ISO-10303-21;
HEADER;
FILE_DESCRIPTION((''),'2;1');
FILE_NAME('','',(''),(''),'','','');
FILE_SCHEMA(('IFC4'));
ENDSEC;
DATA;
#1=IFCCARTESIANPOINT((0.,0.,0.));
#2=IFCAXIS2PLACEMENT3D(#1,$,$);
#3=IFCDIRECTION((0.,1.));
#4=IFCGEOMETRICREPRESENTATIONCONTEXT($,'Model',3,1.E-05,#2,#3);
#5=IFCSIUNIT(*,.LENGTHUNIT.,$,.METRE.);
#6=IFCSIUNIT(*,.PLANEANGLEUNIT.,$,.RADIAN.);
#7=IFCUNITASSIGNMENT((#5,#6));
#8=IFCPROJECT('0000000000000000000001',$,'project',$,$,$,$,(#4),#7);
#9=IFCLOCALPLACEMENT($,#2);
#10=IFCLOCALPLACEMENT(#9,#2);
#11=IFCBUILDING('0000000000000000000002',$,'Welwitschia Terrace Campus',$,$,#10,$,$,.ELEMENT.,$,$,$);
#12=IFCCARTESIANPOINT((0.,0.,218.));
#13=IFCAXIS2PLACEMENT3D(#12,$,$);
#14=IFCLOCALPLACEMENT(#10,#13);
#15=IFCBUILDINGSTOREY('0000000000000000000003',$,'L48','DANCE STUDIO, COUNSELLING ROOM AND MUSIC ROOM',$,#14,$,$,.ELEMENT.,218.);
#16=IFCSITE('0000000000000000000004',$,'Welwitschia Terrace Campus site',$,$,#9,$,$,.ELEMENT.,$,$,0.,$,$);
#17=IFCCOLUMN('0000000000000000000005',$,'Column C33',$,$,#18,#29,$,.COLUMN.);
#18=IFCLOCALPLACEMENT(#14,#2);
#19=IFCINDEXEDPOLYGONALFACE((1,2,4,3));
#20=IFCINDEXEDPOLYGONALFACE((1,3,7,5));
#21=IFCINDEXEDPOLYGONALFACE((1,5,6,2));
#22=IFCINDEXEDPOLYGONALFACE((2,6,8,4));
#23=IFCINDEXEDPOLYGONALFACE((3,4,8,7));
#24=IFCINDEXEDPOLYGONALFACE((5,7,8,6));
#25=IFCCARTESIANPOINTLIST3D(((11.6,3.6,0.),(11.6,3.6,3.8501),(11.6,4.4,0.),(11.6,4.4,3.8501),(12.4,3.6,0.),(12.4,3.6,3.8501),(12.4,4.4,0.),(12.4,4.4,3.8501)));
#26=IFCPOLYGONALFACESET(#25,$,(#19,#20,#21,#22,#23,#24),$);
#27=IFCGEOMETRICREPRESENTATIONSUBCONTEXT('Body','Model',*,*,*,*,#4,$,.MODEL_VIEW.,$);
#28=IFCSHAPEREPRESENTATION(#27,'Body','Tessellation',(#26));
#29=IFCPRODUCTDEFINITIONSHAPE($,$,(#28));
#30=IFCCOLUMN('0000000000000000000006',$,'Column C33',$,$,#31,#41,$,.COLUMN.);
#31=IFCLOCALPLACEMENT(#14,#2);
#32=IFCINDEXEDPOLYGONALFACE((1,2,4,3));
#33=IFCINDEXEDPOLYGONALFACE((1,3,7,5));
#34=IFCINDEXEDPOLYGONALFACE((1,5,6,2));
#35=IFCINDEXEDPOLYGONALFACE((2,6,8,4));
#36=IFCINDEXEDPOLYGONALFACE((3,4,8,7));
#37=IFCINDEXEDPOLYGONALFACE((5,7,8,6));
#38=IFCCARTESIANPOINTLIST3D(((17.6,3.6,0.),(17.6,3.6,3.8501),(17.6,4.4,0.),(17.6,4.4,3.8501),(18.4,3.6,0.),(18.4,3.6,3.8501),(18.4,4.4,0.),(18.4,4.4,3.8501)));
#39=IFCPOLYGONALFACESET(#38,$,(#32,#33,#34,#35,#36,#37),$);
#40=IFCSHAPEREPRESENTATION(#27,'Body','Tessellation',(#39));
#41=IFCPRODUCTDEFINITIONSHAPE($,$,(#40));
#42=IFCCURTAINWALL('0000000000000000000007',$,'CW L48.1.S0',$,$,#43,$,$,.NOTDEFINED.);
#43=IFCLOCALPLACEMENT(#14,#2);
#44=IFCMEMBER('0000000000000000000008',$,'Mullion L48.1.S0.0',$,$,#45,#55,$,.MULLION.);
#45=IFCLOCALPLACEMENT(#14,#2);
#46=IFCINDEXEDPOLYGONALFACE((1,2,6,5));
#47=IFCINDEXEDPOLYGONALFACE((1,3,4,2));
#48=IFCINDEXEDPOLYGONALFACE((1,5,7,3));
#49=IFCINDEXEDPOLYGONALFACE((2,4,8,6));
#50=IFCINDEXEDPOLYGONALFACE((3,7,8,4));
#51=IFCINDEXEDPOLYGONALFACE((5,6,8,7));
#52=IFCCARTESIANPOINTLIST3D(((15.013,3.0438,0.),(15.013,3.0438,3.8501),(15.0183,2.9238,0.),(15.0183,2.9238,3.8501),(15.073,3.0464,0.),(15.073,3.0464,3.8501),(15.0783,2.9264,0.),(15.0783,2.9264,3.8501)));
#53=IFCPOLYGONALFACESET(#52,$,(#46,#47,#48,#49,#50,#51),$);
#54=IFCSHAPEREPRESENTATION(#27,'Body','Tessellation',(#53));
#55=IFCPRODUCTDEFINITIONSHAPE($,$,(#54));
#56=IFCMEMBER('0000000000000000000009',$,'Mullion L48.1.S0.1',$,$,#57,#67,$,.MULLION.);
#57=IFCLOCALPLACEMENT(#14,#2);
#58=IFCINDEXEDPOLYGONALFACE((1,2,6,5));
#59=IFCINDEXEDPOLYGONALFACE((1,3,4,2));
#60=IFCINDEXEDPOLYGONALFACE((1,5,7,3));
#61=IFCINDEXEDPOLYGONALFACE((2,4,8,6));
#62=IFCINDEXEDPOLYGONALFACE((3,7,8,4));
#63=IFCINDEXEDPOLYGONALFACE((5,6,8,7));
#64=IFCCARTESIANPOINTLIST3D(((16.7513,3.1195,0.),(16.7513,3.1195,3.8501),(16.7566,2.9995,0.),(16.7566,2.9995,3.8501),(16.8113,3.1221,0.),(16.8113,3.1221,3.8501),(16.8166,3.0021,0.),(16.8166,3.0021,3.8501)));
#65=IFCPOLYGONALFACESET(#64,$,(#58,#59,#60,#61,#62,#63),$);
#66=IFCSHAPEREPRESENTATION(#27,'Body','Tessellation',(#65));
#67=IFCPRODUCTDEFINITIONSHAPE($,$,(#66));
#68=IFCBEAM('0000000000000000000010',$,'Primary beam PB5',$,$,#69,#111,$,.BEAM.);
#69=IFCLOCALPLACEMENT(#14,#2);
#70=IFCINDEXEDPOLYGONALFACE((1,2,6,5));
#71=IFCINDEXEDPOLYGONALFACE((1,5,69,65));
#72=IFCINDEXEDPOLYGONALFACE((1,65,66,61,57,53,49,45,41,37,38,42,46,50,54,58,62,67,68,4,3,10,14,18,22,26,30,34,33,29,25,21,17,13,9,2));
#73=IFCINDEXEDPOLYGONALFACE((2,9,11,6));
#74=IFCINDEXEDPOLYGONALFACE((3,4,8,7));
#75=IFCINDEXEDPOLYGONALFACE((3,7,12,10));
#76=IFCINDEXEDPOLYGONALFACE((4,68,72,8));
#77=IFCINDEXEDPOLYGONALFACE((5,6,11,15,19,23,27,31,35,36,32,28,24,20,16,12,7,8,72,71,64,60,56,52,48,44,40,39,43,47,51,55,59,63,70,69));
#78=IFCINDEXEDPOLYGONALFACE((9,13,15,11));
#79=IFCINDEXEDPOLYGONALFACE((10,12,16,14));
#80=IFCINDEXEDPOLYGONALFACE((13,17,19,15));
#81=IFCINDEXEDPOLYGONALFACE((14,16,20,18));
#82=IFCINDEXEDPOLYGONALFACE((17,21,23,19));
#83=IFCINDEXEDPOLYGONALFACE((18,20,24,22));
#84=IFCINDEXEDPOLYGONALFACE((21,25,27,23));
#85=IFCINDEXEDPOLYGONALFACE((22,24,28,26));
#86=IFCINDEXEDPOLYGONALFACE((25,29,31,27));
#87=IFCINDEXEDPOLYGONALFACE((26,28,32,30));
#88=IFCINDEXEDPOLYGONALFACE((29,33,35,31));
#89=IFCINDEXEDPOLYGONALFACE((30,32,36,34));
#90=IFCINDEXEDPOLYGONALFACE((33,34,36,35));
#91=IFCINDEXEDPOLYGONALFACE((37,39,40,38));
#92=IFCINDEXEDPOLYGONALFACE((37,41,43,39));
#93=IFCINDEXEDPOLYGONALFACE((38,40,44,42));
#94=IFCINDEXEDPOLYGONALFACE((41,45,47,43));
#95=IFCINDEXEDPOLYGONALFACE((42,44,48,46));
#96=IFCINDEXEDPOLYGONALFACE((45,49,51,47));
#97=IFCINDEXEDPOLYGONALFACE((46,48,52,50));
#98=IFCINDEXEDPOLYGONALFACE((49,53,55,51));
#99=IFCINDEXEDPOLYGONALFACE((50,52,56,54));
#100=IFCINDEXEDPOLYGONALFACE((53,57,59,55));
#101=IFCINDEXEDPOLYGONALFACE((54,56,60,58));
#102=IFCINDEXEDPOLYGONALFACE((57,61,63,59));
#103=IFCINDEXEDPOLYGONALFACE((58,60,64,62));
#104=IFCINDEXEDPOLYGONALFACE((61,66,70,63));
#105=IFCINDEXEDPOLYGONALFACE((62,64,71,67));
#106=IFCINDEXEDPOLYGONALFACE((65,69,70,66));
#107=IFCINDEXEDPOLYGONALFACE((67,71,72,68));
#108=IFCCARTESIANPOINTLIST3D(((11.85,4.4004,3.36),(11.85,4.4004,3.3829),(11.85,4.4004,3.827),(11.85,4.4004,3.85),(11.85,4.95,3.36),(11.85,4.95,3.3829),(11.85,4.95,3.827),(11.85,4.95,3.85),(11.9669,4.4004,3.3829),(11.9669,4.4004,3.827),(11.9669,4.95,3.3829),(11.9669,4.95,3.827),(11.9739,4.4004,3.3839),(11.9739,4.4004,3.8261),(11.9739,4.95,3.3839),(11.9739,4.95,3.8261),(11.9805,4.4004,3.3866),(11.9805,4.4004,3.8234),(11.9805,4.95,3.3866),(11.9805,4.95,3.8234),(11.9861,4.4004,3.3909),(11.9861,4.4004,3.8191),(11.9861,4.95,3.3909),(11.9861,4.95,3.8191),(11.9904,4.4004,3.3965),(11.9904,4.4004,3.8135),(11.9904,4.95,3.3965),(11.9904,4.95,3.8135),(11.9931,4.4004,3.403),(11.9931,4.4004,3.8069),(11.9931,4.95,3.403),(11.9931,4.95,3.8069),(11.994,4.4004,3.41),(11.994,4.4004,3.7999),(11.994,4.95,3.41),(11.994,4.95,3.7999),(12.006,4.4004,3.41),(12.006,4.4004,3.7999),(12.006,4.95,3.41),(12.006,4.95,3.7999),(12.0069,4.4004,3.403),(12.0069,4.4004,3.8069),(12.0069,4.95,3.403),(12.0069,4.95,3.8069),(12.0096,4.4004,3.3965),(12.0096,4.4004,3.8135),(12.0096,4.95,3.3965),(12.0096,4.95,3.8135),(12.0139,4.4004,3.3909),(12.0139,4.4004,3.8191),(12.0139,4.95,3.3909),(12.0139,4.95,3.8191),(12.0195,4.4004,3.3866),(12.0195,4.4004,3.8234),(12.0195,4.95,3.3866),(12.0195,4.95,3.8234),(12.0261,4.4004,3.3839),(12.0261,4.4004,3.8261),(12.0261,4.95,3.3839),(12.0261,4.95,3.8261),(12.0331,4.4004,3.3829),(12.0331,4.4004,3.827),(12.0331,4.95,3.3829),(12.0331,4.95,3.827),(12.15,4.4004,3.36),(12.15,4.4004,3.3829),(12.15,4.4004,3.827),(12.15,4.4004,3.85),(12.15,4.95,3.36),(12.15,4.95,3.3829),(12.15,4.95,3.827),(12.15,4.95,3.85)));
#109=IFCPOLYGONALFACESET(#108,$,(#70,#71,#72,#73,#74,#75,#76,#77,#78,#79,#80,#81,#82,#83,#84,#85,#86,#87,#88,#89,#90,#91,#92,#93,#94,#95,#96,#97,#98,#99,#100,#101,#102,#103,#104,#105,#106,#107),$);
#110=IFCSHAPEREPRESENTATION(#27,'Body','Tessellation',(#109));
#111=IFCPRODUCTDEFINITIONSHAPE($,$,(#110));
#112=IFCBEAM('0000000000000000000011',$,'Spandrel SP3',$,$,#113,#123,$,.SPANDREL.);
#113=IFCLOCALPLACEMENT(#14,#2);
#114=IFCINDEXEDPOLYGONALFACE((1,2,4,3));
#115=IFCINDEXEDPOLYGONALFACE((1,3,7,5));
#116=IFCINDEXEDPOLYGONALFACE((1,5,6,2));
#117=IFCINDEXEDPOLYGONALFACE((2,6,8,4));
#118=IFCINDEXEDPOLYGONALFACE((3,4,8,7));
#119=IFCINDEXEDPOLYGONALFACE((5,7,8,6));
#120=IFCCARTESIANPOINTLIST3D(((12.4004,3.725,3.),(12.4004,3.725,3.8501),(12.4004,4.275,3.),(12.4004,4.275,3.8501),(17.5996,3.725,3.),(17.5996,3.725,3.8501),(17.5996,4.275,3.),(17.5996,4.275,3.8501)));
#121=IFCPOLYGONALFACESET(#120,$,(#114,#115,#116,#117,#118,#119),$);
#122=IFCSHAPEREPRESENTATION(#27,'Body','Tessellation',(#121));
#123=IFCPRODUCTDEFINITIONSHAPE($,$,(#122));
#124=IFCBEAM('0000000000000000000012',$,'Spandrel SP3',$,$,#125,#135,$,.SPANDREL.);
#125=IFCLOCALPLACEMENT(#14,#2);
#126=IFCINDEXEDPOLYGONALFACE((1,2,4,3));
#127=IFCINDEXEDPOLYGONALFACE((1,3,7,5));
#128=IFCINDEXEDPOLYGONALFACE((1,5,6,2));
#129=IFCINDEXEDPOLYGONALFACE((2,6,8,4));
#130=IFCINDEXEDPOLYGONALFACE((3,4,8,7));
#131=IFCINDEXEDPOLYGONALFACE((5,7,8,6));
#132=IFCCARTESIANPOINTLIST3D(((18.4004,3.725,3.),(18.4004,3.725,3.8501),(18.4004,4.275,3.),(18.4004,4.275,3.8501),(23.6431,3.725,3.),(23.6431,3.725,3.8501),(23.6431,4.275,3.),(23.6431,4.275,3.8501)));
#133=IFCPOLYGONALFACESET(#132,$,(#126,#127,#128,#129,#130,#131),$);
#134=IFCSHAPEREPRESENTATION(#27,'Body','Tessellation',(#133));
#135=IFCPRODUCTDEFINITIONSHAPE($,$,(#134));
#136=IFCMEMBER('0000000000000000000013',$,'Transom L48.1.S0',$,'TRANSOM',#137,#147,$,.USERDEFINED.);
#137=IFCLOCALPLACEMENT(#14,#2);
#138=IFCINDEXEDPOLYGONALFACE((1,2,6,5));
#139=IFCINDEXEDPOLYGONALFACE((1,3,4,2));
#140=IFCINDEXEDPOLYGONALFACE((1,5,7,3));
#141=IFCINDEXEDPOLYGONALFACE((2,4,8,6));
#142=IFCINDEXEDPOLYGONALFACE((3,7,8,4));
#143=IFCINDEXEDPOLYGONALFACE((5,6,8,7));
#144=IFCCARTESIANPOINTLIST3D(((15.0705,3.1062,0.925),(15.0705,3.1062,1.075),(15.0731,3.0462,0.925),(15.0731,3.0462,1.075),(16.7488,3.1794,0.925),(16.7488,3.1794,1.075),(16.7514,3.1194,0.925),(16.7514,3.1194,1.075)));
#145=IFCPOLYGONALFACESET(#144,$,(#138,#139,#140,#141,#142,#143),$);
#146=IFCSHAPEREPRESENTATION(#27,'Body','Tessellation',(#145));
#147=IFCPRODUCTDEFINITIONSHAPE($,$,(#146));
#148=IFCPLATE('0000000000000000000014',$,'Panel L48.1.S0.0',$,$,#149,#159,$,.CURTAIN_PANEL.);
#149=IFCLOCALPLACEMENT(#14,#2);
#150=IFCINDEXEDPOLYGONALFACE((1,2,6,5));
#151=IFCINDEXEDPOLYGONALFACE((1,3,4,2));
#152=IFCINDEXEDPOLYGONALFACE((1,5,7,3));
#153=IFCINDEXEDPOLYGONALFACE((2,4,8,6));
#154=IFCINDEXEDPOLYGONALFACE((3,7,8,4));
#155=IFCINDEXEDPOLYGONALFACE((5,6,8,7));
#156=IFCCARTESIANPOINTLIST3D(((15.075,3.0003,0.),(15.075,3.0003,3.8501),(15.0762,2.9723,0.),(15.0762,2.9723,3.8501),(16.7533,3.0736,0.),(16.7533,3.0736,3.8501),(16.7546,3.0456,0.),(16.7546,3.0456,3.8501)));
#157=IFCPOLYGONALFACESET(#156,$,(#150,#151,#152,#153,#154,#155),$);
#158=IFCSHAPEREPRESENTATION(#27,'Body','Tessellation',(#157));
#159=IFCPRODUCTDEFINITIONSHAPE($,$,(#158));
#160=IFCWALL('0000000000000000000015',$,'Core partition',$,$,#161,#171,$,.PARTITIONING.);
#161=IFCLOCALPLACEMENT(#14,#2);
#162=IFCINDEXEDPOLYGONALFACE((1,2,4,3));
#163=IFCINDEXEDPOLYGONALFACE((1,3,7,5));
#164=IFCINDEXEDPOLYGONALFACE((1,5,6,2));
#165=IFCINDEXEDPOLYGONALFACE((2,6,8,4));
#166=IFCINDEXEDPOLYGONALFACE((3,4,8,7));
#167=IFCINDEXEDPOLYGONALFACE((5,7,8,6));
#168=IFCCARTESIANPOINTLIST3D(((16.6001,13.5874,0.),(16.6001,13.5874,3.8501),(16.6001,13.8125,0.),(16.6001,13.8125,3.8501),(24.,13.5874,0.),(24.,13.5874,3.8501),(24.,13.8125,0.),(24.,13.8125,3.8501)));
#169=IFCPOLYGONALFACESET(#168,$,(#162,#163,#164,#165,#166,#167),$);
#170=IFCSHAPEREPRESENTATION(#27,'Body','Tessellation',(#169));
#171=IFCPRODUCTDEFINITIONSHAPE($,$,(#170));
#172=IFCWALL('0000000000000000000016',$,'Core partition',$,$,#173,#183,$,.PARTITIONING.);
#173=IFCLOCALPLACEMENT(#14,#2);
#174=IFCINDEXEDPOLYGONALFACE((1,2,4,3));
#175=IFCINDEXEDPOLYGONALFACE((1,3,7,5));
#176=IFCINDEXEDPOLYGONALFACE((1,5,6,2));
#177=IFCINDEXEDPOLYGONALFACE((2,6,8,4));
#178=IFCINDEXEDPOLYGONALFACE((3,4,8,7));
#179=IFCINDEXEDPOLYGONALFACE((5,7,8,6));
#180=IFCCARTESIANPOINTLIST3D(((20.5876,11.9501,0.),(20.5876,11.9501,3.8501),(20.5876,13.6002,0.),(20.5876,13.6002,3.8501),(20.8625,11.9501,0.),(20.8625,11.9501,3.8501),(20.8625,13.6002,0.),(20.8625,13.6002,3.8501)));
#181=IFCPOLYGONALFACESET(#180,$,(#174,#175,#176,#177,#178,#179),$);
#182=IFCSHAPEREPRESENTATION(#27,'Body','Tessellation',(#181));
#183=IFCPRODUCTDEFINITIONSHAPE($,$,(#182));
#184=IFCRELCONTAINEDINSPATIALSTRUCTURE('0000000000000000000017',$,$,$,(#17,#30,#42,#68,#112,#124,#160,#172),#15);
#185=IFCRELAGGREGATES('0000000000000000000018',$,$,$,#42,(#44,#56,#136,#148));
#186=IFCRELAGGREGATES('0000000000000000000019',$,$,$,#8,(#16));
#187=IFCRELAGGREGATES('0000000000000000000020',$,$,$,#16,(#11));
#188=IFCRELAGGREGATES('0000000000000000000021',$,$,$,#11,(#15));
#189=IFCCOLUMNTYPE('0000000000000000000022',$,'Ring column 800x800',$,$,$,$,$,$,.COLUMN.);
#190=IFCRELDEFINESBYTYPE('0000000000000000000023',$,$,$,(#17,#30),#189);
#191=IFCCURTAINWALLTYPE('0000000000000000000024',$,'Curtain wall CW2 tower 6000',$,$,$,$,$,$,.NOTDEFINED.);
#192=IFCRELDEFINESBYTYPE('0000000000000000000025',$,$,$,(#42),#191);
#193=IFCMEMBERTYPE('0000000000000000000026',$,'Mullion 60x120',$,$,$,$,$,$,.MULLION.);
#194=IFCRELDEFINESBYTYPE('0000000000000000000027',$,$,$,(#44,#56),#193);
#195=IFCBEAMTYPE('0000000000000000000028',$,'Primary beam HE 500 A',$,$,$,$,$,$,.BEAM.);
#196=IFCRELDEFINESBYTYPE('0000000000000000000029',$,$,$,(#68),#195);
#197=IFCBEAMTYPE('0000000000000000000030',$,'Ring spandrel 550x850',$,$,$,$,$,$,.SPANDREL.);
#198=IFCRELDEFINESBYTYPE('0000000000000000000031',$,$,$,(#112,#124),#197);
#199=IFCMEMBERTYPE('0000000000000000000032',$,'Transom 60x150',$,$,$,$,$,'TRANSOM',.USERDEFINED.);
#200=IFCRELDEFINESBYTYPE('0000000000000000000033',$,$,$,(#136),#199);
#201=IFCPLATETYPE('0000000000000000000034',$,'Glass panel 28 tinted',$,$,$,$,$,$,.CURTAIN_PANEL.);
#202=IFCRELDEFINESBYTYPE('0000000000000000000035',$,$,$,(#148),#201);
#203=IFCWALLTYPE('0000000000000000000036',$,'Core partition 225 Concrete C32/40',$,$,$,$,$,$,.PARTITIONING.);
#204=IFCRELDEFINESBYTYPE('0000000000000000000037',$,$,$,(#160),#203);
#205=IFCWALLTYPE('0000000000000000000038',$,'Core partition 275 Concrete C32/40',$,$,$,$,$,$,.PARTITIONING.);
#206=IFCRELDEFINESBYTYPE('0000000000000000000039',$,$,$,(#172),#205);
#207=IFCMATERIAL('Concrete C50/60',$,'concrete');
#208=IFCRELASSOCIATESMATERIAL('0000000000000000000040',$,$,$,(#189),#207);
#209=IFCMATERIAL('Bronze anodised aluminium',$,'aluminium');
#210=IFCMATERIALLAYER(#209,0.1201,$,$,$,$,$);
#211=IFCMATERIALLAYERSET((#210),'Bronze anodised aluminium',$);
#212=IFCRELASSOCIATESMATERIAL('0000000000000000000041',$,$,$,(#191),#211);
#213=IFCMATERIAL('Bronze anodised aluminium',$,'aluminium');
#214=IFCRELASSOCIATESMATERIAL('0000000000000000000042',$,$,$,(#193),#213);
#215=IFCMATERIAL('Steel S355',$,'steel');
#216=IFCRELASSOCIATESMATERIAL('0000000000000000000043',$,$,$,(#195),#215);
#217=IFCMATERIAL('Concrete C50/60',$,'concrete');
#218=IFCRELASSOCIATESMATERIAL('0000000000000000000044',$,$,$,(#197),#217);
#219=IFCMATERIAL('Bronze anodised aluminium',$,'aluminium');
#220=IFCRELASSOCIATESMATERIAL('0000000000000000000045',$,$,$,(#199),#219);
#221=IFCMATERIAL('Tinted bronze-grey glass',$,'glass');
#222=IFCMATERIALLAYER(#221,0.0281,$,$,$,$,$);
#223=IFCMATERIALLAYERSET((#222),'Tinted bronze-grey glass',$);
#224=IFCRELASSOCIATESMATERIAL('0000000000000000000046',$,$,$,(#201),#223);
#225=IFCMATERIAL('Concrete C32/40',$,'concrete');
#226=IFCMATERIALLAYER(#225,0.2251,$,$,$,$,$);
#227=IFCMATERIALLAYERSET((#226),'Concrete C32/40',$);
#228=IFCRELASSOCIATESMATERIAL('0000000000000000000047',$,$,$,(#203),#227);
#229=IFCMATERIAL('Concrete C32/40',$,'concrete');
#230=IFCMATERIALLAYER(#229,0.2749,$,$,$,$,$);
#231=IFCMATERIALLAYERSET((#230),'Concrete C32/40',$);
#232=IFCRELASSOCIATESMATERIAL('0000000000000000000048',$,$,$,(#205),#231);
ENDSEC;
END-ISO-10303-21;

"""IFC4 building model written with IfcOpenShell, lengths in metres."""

from ifc_helpers import new_model, si_unit, direction, frame, frame_2d, origin, origin_2d, place, context, subcontext, project, spatial, rectangle, i_section, extrude, material, layer, layer_set, material_profile, profile_set, type_object, element, aggregate, save


model = new_model("IFC4")

# Units and contexts
model_context = context("Model", 3, precision=1e-05, world=origin(), true_north=direction((0.0, 1.0)))
body_context = subcontext(model_context, "Body", "Model", "MODEL_VIEW")
ifc_project = project(units=[si_unit("LENGTHUNIT", "METRE"), si_unit("PLANEANGLEUNIT", "RADIAN")], contexts=[model_context])

# Site, building, storey
site_placement = place(None, origin())
site = spatial("IfcSite", under=ifc_project, at=site_placement, Name="Welwitschia Terrace Campus site", CompositionType="ELEMENT", RefElevation=0.0)
building_placement = place(site_placement, origin())
building = spatial("IfcBuilding", under=site, at=building_placement, Name="Welwitschia Terrace Campus", CompositionType="ELEMENT")
storey_placement = place(building_placement, frame((0.0, 0.0, 218.0)))
storey = spatial("IfcBuildingStorey", under=building, at=storey_placement, Name="L48", Description="DANCE STUDIO, COUNSELLING ROOM AND MUSIC ROOM", CompositionType="ELEMENT", Elevation=218.0)

# Columns
ifc_material_1 = material(Name="Concrete C50/60", Category="concrete")
ifc_material_profile_1 = material_profile(ifc_material_1, rectangle(XDim=0.8, YDim=0.8, at=origin_2d()))
ifc_profile_set_1 = profile_set([ifc_material_profile_1], Name="Concrete C50/60")
column_type = type_object("IfcColumnType", Name="Ring column 800x800", PredefinedType="COLUMN", material=ifc_profile_set_1)
for number, where, z_axis, x_axis, name in (
    (1, (12.0, 4.0, 0.0), (0.0, 0.0, 1.0), (1.0, 0.0, 0.0), "Column C33"),
    (2, (18.0, 4.0, 0.0), (0.0, 0.0, 1.0), (1.0, 0.0, 0.0), "Column C33"),
):
    element("IfcColumn", number, at=place(storey_placement, frame(where, z_axis=z_axis, x_axis=x_axis)), inside=storey, type_object=column_type, Name=name, PredefinedType="COLUMN", context=body_context, shape_type="SweptSolid", body=[
        extrude(rectangle(XDim=0.8, YDim=0.8, at=origin_2d()), origin(), (0.0, 0.0, 1.0), 3.8501),
    ])

# Curtain wall, members
ifc_material_2 = material(Name="Bronze anodised aluminium", Category="aluminium")
ifc_layer_1 = layer(ifc_material_2, 0.1201)
ifc_layer_set_1 = layer_set([ifc_layer_1], Name="Bronze anodised aluminium")
curtain_wall_type = type_object("IfcCurtainWallType", Name="Curtain wall CW2 tower 6000", PredefinedType="NOTDEFINED", material=ifc_layer_set_1)
curtain_wall_placement = place(storey_placement, origin())
curtain_wall = element("IfcCurtainWall", 3, at=curtain_wall_placement, inside=storey, type_object=curtain_wall_type, Name="CW L48.1.S0", PredefinedType="NOTDEFINED")
ifc_material_3 = material(Name="Bronze anodised aluminium", Category="aluminium")
ifc_material_profile_2 = material_profile(ifc_material_3, rectangle(XDim=0.1201, YDim=0.0601, at=origin_2d()))
ifc_profile_set_2 = profile_set([ifc_material_profile_2], Name="Bronze anodised aluminium")
member_type_1 = type_object("IfcMemberType", Name="Mullion 60x120", PredefinedType="MULLION", material=ifc_profile_set_2)
member_1_placement = place(storey_placement, frame((15.0457, 2.9851, 0.0), z_axis=(0.0, 0.0, 1.0), x_axis=(-0.043619, 0.999048, 0.0)))
member_1 = element("IfcMember", 4, at=member_1_placement, type_object=member_type_1, Name="Mullion L48.1.S0.0", PredefinedType="MULLION", context=body_context, shape_type="SweptSolid", body=[
    extrude(rectangle(XDim=0.1201, YDim=0.0601, at=origin_2d()), origin(), (0.0, 0.0, 1.0), 3.8501),
])
member_2_placement = place(storey_placement, frame((16.7839, 3.0608, 0.0), z_axis=(0.0, 0.0, 1.0), x_axis=(-0.043619, 0.999048, 0.0)))
member_2 = element("IfcMember", 5, at=member_2_placement, type_object=member_type_1, Name="Mullion L48.1.S0.1", PredefinedType="MULLION", context=body_context, shape_type="SweptSolid", body=[
    extrude(rectangle(XDim=0.1201, YDim=0.0601, at=origin_2d()), origin(), (0.0, 0.0, 1.0), 3.8501),
])

# Beams
ifc_material_4 = material(Name="Steel S355", Category="steel")
ifc_material_profile_3 = material_profile(ifc_material_4, i_section(OverallWidth=0.3, OverallDepth=0.49, WebThickness=0.012, FlangeThickness=0.0229, FilletRadius=0.0271, at=origin_2d()))
ifc_profile_set_3 = profile_set([ifc_material_profile_3], Name="Steel S355")
beam_type_1 = type_object("IfcBeamType", Name="Primary beam HE 500 A", PredefinedType="BEAM", material=ifc_profile_set_3)
beam_1_placement = place(storey_placement, frame((12.0, 4.4004, 3.605), z_axis=(0.0, 1.0, 0.0), x_axis=(-1.0, 0.0, 0.0)))
element("IfcBeam", 6, at=beam_1_placement, inside=storey, type_object=beam_type_1, Name="Primary beam PB5", PredefinedType="BEAM", context=body_context, shape_type="SweptSolid", body=[
    extrude(i_section(OverallWidth=0.3, OverallDepth=0.49, WebThickness=0.012, FlangeThickness=0.0229, FilletRadius=0.0271, at=origin_2d()), origin(), (0.0, 0.0, 1.0), 0.5496),
])
ifc_material_5 = material(Name="Concrete C50/60", Category="concrete")
ifc_material_profile_4 = material_profile(ifc_material_5, rectangle(XDim=0.55, YDim=0.8501, at=origin_2d()))
ifc_profile_set_4 = profile_set([ifc_material_profile_4], Name="Concrete C50/60")
beam_type_2 = type_object("IfcBeamType", Name="Ring spandrel 550x850", PredefinedType="SPANDREL", material=ifc_profile_set_4)
beam_2_placement = place(storey_placement, frame((12.4004, 4.0, 3.425), z_axis=(1.0, 0.0, 0.0), x_axis=(0.0, 1.0, 0.0)))
element("IfcBeam", 7, at=beam_2_placement, inside=storey, type_object=beam_type_2, Name="Spandrel SP3", PredefinedType="SPANDREL", context=body_context, shape_type="SweptSolid", body=[
    extrude(rectangle(XDim=0.55, YDim=0.8501, at=origin_2d()), origin(), (0.0, 0.0, 1.0), 5.1992),
])
beam_3_placement = place(storey_placement, frame((18.4004, 4.0, 3.425), z_axis=(1.0, 0.0, 0.0), x_axis=(0.0, 1.0, 0.0)))
element("IfcBeam", 8, at=beam_3_placement, inside=storey, type_object=beam_type_2, Name="Spandrel SP3", PredefinedType="SPANDREL", context=body_context, shape_type="SweptSolid", body=[
    extrude(rectangle(XDim=0.55, YDim=0.8501, at=origin_2d()), origin(), (0.0, 0.0, 1.0), 5.2427),
])

# Member
ifc_material_6 = material(Name="Bronze anodised aluminium", Category="aluminium")
ifc_material_profile_5 = material_profile(ifc_material_6, rectangle(XDim=0.0601, YDim=0.1499, at=origin_2d()))
ifc_profile_set_5 = profile_set([ifc_material_profile_5], Name="Bronze anodised aluminium")
member_type_2 = type_object("IfcMemberType", Name="Transom 60x150", ElementType="TRANSOM", PredefinedType="USERDEFINED", material=ifc_profile_set_5)
member_3_placement = place(storey_placement, frame((15.0718, 3.0762, 1.0), z_axis=(0.999049, 0.043601, 0.0), x_axis=(-0.043601, 0.999049, 0.0)))
member_3 = element("IfcMember", 9, at=member_3_placement, type_object=member_type_2, Name="Transom L48.1.S0", ObjectType="TRANSOM", PredefinedType="USERDEFINED", context=body_context, shape_type="SweptSolid", body=[
    extrude(rectangle(XDim=0.0601, YDim=0.1499, at=origin_2d()), origin(), (0.0, 0.0, 1.0), 1.6799),
])

# Plate
ifc_material_7 = material(Name="Tinted bronze-grey glass", Category="glass")
ifc_layer_2 = layer(ifc_material_7, 0.0281)
ifc_layer_set_2 = layer_set([ifc_layer_2], Name="Tinted bronze-grey glass")
plate_type = type_object("IfcPlateType", Name="Glass panel 28 tinted", PredefinedType="CURTAIN_PANEL", material=ifc_layer_set_2)
plate_placement = place(storey_placement, frame((15.9148, 3.0229, 0.0), z_axis=(0.0, 0.0, 1.0), x_axis=(0.999048, 0.043619, 0.0)))
plate = element("IfcPlate", 10, at=plate_placement, type_object=plate_type, Name="Panel L48.1.S0.0", PredefinedType="CURTAIN_PANEL", context=body_context, shape_type="SweptSolid", body=[
    extrude(rectangle(XDim=1.6799, YDim=0.0281, at=origin_2d()), origin(), (0.0, 0.0, 1.0), 3.8501),
])
aggregate(curtain_wall, [member_1, member_2, member_3, plate])

# Walls
ifc_material_8 = material(Name="Concrete C32/40", Category="concrete")
ifc_layer_3 = layer(ifc_material_8, 0.2251)
ifc_layer_set_3 = layer_set([ifc_layer_3], Name="Concrete C32/40")
wall_type_1 = type_object("IfcWallType", Name="Core partition 225 Concrete C32/40", PredefinedType="PARTITIONING", material=ifc_layer_set_3)
wall_1_placement = place(storey_placement, frame((16.6001, 13.7, 0.0), z_axis=(0.0, 0.0, 1.0), x_axis=(1.0, 0.0, 0.0)))
element("IfcWall", 11, at=wall_1_placement, inside=storey, type_object=wall_type_1, Name="Core partition", PredefinedType="PARTITIONING", context=body_context, shape_type="SweptSolid", body=[
    extrude(rectangle(XDim=7.3999, YDim=0.2251, at=frame_2d((3.7, 0.0))), origin(), (0.0, 0.0, 1.0), 3.8501),
])
ifc_material_9 = material(Name="Concrete C32/40", Category="concrete")
ifc_layer_4 = layer(ifc_material_9, 0.2749)
ifc_layer_set_4 = layer_set([ifc_layer_4], Name="Concrete C32/40")
wall_type_2 = type_object("IfcWallType", Name="Core partition 275 Concrete C32/40", PredefinedType="PARTITIONING", material=ifc_layer_set_4)
wall_2_placement = place(storey_placement, frame((20.7251, 11.95, 0.0), z_axis=(0.0, 0.0, 1.0), x_axis=(0.0, 1.0, 0.0)))
element("IfcWall", 12, at=wall_2_placement, inside=storey, type_object=wall_type_2, Name="Core partition", PredefinedType="PARTITIONING", context=body_context, shape_type="SweptSolid", body=[
    extrude(rectangle(XDim=1.6501, YDim=0.2749, at=frame_2d((0.8252, 0.0))), origin(), (0.0, 0.0, 1.0), 3.8501),
])

save(model, "model.ifc")
